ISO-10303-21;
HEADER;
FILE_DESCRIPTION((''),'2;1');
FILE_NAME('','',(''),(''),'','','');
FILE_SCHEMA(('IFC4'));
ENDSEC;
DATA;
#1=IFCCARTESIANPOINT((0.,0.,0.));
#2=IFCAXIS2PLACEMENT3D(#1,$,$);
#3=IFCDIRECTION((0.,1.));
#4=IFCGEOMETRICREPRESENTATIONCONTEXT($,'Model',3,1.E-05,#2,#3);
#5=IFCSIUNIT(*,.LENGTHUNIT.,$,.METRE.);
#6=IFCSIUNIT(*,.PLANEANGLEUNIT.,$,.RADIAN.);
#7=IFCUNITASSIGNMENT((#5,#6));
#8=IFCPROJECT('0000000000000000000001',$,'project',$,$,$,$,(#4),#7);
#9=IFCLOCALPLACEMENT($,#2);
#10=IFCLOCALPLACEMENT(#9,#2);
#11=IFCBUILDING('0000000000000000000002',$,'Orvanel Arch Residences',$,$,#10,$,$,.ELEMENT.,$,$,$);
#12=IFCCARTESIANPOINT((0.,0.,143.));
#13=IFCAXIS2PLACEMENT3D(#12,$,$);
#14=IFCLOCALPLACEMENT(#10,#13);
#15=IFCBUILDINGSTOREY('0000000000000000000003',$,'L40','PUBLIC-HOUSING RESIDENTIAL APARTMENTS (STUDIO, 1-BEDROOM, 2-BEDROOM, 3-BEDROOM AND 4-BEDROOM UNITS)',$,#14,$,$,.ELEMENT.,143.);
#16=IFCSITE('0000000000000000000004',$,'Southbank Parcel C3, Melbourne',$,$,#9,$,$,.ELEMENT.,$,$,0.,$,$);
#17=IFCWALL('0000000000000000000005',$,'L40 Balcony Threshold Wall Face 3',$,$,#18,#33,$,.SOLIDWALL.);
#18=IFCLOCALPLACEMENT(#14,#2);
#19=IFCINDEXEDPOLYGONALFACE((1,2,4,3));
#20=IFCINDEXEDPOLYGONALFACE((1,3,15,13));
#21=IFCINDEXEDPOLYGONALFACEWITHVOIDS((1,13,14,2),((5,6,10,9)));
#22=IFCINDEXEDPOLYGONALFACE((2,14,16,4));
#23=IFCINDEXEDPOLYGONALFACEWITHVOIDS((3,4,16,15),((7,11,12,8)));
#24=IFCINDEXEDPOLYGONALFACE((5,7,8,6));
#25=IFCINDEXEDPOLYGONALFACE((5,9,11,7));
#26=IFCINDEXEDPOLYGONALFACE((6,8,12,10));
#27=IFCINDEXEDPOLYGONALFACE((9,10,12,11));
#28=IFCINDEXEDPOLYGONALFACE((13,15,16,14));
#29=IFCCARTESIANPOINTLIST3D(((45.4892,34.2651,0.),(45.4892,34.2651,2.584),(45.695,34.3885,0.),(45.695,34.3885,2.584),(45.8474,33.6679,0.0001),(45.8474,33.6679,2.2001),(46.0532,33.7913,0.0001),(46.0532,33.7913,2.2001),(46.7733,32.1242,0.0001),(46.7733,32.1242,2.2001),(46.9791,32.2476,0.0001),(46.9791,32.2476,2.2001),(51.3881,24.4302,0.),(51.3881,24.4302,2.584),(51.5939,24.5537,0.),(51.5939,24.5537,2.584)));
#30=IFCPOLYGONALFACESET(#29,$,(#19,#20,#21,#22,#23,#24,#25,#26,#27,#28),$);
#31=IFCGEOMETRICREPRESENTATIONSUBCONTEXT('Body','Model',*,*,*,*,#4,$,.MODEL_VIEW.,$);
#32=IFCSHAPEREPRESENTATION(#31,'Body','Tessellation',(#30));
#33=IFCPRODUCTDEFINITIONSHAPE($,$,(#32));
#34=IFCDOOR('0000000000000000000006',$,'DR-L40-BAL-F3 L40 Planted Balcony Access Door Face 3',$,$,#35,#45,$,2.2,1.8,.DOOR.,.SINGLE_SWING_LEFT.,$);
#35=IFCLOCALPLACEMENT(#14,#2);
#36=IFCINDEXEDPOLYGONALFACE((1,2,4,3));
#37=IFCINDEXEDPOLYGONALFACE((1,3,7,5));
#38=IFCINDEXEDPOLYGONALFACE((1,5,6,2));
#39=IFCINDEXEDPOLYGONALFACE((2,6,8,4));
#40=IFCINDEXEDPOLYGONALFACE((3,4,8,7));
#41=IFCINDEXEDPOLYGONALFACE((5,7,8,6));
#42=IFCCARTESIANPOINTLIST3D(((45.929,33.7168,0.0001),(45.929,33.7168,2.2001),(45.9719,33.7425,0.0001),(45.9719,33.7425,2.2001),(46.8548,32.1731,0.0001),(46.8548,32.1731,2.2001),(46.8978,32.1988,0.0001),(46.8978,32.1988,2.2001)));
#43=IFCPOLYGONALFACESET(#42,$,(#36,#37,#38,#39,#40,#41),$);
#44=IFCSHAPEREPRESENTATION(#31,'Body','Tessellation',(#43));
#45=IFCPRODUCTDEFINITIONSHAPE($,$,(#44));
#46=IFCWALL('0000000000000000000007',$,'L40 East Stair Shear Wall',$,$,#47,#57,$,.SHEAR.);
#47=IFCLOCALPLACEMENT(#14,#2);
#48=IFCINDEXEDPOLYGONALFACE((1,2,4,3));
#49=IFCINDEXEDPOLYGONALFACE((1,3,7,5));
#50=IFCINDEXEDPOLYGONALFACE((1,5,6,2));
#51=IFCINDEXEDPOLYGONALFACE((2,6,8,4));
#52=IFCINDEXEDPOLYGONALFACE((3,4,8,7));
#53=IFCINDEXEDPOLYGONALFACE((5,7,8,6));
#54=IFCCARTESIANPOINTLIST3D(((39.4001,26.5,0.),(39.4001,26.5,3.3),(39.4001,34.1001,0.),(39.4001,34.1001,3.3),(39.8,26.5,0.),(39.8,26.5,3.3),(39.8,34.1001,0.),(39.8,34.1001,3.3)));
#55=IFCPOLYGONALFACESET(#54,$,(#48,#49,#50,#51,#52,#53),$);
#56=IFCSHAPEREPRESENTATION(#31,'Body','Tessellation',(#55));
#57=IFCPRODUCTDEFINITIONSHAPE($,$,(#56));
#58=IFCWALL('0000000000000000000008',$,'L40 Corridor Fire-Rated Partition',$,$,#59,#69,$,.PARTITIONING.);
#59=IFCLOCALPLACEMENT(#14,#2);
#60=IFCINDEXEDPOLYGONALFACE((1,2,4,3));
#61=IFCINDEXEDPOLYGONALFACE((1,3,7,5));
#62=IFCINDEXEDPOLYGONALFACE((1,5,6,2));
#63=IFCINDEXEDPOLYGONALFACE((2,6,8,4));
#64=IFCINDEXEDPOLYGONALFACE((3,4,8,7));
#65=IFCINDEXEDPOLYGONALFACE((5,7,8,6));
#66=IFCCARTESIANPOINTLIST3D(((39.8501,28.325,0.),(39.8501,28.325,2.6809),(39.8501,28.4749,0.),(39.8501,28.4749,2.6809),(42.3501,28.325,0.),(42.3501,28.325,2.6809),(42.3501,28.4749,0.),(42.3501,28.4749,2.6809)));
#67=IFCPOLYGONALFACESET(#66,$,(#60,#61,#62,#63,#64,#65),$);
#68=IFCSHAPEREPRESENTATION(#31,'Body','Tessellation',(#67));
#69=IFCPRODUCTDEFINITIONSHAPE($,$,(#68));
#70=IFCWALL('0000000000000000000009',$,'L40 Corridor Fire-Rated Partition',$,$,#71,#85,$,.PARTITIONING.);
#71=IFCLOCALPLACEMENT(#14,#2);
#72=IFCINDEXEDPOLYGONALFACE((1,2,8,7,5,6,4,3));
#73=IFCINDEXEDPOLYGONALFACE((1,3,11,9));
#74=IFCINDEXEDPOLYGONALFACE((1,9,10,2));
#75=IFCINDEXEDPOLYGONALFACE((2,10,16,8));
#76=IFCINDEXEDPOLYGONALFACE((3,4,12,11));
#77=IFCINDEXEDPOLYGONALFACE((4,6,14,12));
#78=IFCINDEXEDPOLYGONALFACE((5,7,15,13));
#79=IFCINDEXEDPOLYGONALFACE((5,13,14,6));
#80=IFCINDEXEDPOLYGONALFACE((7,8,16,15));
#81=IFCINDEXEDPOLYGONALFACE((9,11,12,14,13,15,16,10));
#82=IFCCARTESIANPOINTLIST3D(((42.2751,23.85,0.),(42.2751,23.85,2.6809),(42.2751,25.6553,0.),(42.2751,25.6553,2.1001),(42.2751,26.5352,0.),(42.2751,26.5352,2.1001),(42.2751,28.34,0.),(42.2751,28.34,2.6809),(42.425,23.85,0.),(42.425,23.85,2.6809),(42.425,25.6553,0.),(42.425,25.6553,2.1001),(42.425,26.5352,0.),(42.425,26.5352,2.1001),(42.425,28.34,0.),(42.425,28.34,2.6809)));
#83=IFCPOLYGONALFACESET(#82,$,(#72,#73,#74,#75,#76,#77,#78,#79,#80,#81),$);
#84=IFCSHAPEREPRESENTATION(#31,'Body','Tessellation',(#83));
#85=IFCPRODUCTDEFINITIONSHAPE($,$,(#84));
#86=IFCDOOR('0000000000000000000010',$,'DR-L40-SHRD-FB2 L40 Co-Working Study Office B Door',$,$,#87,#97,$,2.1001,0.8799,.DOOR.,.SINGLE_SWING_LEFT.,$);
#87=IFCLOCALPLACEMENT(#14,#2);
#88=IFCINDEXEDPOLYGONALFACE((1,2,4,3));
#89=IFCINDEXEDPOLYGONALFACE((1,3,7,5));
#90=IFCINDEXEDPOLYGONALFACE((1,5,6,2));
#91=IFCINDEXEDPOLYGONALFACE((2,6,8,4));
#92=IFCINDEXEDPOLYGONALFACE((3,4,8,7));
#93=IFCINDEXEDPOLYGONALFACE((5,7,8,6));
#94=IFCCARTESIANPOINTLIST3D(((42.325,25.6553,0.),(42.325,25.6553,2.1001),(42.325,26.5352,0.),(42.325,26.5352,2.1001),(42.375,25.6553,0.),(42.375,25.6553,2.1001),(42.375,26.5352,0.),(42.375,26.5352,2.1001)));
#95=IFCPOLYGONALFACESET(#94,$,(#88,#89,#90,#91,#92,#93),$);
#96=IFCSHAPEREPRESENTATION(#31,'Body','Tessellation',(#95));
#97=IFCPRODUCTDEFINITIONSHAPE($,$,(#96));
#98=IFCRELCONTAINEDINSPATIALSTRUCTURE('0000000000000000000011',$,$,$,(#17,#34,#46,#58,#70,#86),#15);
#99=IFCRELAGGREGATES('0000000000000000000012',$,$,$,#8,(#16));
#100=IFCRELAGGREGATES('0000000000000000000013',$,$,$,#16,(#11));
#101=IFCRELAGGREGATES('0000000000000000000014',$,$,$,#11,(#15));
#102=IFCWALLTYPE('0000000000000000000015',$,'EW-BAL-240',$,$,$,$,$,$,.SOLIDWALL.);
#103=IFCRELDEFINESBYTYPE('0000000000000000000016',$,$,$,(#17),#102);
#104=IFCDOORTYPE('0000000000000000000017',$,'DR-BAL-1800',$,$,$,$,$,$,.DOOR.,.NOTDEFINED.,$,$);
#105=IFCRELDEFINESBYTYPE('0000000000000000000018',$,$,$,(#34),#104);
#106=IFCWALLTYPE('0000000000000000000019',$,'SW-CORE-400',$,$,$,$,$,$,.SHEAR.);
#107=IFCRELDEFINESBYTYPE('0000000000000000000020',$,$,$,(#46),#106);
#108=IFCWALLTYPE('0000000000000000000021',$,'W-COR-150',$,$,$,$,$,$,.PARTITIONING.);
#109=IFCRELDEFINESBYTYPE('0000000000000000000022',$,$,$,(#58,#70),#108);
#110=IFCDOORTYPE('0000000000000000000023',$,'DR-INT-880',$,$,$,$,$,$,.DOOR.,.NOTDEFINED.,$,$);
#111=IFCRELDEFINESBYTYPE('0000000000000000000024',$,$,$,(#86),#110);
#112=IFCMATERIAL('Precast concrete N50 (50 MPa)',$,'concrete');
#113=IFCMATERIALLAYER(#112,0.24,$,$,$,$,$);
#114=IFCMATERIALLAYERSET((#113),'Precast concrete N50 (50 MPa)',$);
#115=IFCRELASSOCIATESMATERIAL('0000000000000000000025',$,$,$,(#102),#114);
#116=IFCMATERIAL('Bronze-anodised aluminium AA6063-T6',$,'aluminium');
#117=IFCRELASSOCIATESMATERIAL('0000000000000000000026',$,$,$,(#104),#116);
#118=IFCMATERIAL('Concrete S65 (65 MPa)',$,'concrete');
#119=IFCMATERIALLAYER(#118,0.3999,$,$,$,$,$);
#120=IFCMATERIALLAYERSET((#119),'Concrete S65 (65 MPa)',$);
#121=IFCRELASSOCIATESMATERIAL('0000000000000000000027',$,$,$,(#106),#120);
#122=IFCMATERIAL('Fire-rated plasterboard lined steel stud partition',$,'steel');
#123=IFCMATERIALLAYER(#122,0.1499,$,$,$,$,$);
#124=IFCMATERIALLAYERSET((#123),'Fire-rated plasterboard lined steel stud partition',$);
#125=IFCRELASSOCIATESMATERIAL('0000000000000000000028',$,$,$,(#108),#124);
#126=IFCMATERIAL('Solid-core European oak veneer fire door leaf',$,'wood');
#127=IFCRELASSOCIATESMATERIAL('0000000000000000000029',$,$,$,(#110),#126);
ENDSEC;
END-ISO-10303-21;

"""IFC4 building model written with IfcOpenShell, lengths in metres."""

from ifc_helpers import new_model, si_unit, direction, frame, frame_2d, origin, place, context, subcontext, project, spatial, rectangle, extrude, material, layer, layer_set, type_object, element, fill, save


model = new_model("IFC4")

# Units and contexts
model_context = context("Model", 3, precision=1e-05, world=origin(), true_north=direction((0.0, 1.0)))
body_context = subcontext(model_context, "Body", "Model", "MODEL_VIEW")
ifc_project = project(units=[si_unit("LENGTHUNIT", "METRE"), si_unit("PLANEANGLEUNIT", "RADIAN")], contexts=[model_context])

# Site, building, storey
site_placement = place(None, origin())
site = spatial("IfcSite", under=ifc_project, at=site_placement, Name="Southbank Parcel C3, Melbourne", CompositionType="ELEMENT", RefElevation=0.0)
building_placement = place(site_placement, origin())
building = spatial("IfcBuilding", under=site, at=building_placement, Name="Orvanel Arch Residences", CompositionType="ELEMENT")
storey_placement = place(building_placement, frame((0.0, 0.0, 143.0)))
storey = spatial("IfcBuildingStorey", under=building, at=storey_placement, Name="L40", Description="PUBLIC-HOUSING RESIDENTIAL APARTMENTS (STUDIO, 1-BEDROOM, 2-BEDROOM, 3-BEDROOM AND 4-BEDROOM UNITS)", CompositionType="ELEMENT", Elevation=143.0)

# Shared definitions
ifc_material_1 = material(Name="Bronze-anodised aluminium AA6063-T6", Category="aluminium")

# Wall, opening, door
ifc_material_2 = material(Name="Precast concrete N50 (50 MPa)", Category="concrete")
ifc_layer_1 = layer(ifc_material_2, 0.24)
ifc_layer_set_1 = layer_set([ifc_layer_1], Name="Precast concrete N50 (50 MPa)")
wall_type_1 = type_object("IfcWallType", Name="EW-BAL-240", PredefinedType="SOLIDWALL", material=ifc_layer_set_1)
wall_1_placement = place(storey_placement, frame((51.491, 24.4919, 0.0), z_axis=(0.0, 0.0, 1.0), x_axis=(-0.514364, 0.857572, 0.0)))
wall_1 = element("IfcWall", 1, at=wall_1_placement, inside=storey, type_object=wall_type_1, Name="L40 Balcony Threshold Wall Face 3", PredefinedType="SOLIDWALL", context=body_context, shape_type="SweptSolid", body=[
    extrude(rectangle(XDim=11.4683, YDim=0.24, at=frame_2d((5.7341, 0.0))), origin(), (0.0, 0.0, 1.0), 2.584),
])
opening_1_placement = place(wall_1_placement, frame((8.9719, 0.0, 0.0)))
opening_1 = element("IfcOpeningElement", 2, at=opening_1_placement, cuts=wall_1, PredefinedType="OPENING", context=body_context, shape_type="SweptSolid", body=[
    extrude(rectangle(XDim=1.8, YDim=2.2, at=frame_2d((0.8999, 1.1001))), frame((0.0, 0.1299, 0.0), z_axis=(0.0, -1.0, 0.0), x_axis=(1.0, 0.0, 0.0)), (0.0, 0.0, 1.0), 0.26),
])
door_type_1 = type_object("IfcDoorType", Name="DR-BAL-1800", OperationType="NOTDEFINED", PredefinedType="DOOR", material=ifc_material_1)
door_1_placement = place(opening_1_placement, origin())
door_1 = element("IfcDoor", 3, at=door_1_placement, inside=storey, type_object=door_type_1, Name="DR-L40-BAL-F3 L40 Planted Balcony Access Door Face 3", OperationType="SINGLE_SWING_LEFT", OverallHeight=2.2, OverallWidth=1.8, PredefinedType="DOOR", context=body_context, shape_type="SweptSolid", body=[
    extrude(rectangle(XDim=1.8, YDim=2.2, at=frame_2d((0.8999, 1.1001))), frame((0.0, 0.0249, 0.0), z_axis=(0.0, -1.0, 0.0), x_axis=(1.0, 0.0, 0.0)), (0.0, 0.0, 1.0), 0.05),
])
fill(opening_1, door_1)

# Walls
ifc_material_3 = material(Name="Concrete S65 (65 MPa)", Category="concrete")
ifc_layer_2 = layer(ifc_material_3, 0.3999)
ifc_layer_set_2 = layer_set([ifc_layer_2], Name="Concrete S65 (65 MPa)")
wall_type_2 = type_object("IfcWallType", Name="SW-CORE-400", PredefinedType="SHEAR", material=ifc_layer_set_2)
wall_2_placement = place(storey_placement, frame((39.6001, 26.5, 0.0), z_axis=(0.0, 0.0, 1.0), x_axis=(0.0, 1.0, 0.0)))
element("IfcWall", 4, at=wall_2_placement, inside=storey, type_object=wall_type_2, Name="L40 East Stair Shear Wall", PredefinedType="SHEAR", context=body_context, shape_type="SweptSolid", body=[
    extrude(rectangle(XDim=7.6001, YDim=0.3999, at=frame_2d((3.8, 0.0))), origin(), (0.0, 0.0, 1.0), 3.3),
])
ifc_material_4 = material(Name="Fire-rated plasterboard lined steel stud partition", Category="steel")
ifc_layer_3 = layer(ifc_material_4, 0.1499)
ifc_layer_set_3 = layer_set([ifc_layer_3], Name="Fire-rated plasterboard lined steel stud partition")
wall_type_3 = type_object("IfcWallType", Name="W-COR-150", PredefinedType="PARTITIONING", material=ifc_layer_set_3)
wall_3_placement = place(storey_placement, frame((39.8501, 28.3999, 0.0), z_axis=(0.0, 0.0, 1.0), x_axis=(1.0, 0.0, 0.0)))
element("IfcWall", 5, at=wall_3_placement, inside=storey, type_object=wall_type_3, Name="L40 Corridor Fire-Rated Partition", PredefinedType="PARTITIONING", context=body_context, shape_type="SweptSolid", body=[
    extrude(rectangle(XDim=2.5, YDim=0.1499, at=frame_2d((1.25, 0.0))), origin(), (0.0, 0.0, 1.0), 2.6809),
])

# Wall, opening, door
wall_4_placement = place(storey_placement, frame((42.3501, 28.3401, 0.0), z_axis=(0.0, 0.0, 1.0), x_axis=(0.0, -1.0, 0.0)))
wall_4 = element("IfcWall", 6, at=wall_4_placement, inside=storey, type_object=wall_type_3, Name="L40 Corridor Fire-Rated Partition", PredefinedType="PARTITIONING", context=body_context, shape_type="SweptSolid", body=[
    extrude(rectangle(XDim=4.49, YDim=0.1499, at=frame_2d((2.2451, 0.0))), origin(), (0.0, 0.0, 1.0), 2.6809),
])
opening_2_placement = place(wall_4_placement, frame((1.8049, 0.0, 0.0)))
opening_2 = element("IfcOpeningElement", 7, at=opening_2_placement, cuts=wall_4, PredefinedType="OPENING", context=body_context, shape_type="SweptSolid", body=[
    extrude(rectangle(XDim=0.8799, YDim=2.1001, at=frame_2d((0.4399, 1.05))), frame((0.0, 0.085, 0.0), z_axis=(0.0, -1.0, 0.0), x_axis=(1.0, 0.0, 0.0)), (0.0, 0.0, 1.0), 0.1699),
])
ifc_material_5 = material(Name="Solid-core European oak veneer fire door leaf", Category="wood")
door_type_2 = type_object("IfcDoorType", Name="DR-INT-880", OperationType="NOTDEFINED", PredefinedType="DOOR", material=ifc_material_5)
door_2_placement = place(opening_2_placement, origin())
door_2 = element("IfcDoor", 8, at=door_2_placement, inside=storey, type_object=door_type_2, Name="DR-L40-SHRD-FB2 L40 Co-Working Study Office B Door", OperationType="SINGLE_SWING_LEFT", OverallHeight=2.1001, OverallWidth=0.8799, PredefinedType="DOOR", context=body_context, shape_type="SweptSolid", body=[
    extrude(rectangle(XDim=0.8799, YDim=2.1001, at=frame_2d((0.4399, 1.05))), frame((0.0, 0.0249, 0.0), z_axis=(0.0, -1.0, 0.0), x_axis=(1.0, 0.0, 0.0)), (0.0, 0.0, 1.0), 0.05),
])
fill(opening_2, door_2)

save(model, "model.ifc")
